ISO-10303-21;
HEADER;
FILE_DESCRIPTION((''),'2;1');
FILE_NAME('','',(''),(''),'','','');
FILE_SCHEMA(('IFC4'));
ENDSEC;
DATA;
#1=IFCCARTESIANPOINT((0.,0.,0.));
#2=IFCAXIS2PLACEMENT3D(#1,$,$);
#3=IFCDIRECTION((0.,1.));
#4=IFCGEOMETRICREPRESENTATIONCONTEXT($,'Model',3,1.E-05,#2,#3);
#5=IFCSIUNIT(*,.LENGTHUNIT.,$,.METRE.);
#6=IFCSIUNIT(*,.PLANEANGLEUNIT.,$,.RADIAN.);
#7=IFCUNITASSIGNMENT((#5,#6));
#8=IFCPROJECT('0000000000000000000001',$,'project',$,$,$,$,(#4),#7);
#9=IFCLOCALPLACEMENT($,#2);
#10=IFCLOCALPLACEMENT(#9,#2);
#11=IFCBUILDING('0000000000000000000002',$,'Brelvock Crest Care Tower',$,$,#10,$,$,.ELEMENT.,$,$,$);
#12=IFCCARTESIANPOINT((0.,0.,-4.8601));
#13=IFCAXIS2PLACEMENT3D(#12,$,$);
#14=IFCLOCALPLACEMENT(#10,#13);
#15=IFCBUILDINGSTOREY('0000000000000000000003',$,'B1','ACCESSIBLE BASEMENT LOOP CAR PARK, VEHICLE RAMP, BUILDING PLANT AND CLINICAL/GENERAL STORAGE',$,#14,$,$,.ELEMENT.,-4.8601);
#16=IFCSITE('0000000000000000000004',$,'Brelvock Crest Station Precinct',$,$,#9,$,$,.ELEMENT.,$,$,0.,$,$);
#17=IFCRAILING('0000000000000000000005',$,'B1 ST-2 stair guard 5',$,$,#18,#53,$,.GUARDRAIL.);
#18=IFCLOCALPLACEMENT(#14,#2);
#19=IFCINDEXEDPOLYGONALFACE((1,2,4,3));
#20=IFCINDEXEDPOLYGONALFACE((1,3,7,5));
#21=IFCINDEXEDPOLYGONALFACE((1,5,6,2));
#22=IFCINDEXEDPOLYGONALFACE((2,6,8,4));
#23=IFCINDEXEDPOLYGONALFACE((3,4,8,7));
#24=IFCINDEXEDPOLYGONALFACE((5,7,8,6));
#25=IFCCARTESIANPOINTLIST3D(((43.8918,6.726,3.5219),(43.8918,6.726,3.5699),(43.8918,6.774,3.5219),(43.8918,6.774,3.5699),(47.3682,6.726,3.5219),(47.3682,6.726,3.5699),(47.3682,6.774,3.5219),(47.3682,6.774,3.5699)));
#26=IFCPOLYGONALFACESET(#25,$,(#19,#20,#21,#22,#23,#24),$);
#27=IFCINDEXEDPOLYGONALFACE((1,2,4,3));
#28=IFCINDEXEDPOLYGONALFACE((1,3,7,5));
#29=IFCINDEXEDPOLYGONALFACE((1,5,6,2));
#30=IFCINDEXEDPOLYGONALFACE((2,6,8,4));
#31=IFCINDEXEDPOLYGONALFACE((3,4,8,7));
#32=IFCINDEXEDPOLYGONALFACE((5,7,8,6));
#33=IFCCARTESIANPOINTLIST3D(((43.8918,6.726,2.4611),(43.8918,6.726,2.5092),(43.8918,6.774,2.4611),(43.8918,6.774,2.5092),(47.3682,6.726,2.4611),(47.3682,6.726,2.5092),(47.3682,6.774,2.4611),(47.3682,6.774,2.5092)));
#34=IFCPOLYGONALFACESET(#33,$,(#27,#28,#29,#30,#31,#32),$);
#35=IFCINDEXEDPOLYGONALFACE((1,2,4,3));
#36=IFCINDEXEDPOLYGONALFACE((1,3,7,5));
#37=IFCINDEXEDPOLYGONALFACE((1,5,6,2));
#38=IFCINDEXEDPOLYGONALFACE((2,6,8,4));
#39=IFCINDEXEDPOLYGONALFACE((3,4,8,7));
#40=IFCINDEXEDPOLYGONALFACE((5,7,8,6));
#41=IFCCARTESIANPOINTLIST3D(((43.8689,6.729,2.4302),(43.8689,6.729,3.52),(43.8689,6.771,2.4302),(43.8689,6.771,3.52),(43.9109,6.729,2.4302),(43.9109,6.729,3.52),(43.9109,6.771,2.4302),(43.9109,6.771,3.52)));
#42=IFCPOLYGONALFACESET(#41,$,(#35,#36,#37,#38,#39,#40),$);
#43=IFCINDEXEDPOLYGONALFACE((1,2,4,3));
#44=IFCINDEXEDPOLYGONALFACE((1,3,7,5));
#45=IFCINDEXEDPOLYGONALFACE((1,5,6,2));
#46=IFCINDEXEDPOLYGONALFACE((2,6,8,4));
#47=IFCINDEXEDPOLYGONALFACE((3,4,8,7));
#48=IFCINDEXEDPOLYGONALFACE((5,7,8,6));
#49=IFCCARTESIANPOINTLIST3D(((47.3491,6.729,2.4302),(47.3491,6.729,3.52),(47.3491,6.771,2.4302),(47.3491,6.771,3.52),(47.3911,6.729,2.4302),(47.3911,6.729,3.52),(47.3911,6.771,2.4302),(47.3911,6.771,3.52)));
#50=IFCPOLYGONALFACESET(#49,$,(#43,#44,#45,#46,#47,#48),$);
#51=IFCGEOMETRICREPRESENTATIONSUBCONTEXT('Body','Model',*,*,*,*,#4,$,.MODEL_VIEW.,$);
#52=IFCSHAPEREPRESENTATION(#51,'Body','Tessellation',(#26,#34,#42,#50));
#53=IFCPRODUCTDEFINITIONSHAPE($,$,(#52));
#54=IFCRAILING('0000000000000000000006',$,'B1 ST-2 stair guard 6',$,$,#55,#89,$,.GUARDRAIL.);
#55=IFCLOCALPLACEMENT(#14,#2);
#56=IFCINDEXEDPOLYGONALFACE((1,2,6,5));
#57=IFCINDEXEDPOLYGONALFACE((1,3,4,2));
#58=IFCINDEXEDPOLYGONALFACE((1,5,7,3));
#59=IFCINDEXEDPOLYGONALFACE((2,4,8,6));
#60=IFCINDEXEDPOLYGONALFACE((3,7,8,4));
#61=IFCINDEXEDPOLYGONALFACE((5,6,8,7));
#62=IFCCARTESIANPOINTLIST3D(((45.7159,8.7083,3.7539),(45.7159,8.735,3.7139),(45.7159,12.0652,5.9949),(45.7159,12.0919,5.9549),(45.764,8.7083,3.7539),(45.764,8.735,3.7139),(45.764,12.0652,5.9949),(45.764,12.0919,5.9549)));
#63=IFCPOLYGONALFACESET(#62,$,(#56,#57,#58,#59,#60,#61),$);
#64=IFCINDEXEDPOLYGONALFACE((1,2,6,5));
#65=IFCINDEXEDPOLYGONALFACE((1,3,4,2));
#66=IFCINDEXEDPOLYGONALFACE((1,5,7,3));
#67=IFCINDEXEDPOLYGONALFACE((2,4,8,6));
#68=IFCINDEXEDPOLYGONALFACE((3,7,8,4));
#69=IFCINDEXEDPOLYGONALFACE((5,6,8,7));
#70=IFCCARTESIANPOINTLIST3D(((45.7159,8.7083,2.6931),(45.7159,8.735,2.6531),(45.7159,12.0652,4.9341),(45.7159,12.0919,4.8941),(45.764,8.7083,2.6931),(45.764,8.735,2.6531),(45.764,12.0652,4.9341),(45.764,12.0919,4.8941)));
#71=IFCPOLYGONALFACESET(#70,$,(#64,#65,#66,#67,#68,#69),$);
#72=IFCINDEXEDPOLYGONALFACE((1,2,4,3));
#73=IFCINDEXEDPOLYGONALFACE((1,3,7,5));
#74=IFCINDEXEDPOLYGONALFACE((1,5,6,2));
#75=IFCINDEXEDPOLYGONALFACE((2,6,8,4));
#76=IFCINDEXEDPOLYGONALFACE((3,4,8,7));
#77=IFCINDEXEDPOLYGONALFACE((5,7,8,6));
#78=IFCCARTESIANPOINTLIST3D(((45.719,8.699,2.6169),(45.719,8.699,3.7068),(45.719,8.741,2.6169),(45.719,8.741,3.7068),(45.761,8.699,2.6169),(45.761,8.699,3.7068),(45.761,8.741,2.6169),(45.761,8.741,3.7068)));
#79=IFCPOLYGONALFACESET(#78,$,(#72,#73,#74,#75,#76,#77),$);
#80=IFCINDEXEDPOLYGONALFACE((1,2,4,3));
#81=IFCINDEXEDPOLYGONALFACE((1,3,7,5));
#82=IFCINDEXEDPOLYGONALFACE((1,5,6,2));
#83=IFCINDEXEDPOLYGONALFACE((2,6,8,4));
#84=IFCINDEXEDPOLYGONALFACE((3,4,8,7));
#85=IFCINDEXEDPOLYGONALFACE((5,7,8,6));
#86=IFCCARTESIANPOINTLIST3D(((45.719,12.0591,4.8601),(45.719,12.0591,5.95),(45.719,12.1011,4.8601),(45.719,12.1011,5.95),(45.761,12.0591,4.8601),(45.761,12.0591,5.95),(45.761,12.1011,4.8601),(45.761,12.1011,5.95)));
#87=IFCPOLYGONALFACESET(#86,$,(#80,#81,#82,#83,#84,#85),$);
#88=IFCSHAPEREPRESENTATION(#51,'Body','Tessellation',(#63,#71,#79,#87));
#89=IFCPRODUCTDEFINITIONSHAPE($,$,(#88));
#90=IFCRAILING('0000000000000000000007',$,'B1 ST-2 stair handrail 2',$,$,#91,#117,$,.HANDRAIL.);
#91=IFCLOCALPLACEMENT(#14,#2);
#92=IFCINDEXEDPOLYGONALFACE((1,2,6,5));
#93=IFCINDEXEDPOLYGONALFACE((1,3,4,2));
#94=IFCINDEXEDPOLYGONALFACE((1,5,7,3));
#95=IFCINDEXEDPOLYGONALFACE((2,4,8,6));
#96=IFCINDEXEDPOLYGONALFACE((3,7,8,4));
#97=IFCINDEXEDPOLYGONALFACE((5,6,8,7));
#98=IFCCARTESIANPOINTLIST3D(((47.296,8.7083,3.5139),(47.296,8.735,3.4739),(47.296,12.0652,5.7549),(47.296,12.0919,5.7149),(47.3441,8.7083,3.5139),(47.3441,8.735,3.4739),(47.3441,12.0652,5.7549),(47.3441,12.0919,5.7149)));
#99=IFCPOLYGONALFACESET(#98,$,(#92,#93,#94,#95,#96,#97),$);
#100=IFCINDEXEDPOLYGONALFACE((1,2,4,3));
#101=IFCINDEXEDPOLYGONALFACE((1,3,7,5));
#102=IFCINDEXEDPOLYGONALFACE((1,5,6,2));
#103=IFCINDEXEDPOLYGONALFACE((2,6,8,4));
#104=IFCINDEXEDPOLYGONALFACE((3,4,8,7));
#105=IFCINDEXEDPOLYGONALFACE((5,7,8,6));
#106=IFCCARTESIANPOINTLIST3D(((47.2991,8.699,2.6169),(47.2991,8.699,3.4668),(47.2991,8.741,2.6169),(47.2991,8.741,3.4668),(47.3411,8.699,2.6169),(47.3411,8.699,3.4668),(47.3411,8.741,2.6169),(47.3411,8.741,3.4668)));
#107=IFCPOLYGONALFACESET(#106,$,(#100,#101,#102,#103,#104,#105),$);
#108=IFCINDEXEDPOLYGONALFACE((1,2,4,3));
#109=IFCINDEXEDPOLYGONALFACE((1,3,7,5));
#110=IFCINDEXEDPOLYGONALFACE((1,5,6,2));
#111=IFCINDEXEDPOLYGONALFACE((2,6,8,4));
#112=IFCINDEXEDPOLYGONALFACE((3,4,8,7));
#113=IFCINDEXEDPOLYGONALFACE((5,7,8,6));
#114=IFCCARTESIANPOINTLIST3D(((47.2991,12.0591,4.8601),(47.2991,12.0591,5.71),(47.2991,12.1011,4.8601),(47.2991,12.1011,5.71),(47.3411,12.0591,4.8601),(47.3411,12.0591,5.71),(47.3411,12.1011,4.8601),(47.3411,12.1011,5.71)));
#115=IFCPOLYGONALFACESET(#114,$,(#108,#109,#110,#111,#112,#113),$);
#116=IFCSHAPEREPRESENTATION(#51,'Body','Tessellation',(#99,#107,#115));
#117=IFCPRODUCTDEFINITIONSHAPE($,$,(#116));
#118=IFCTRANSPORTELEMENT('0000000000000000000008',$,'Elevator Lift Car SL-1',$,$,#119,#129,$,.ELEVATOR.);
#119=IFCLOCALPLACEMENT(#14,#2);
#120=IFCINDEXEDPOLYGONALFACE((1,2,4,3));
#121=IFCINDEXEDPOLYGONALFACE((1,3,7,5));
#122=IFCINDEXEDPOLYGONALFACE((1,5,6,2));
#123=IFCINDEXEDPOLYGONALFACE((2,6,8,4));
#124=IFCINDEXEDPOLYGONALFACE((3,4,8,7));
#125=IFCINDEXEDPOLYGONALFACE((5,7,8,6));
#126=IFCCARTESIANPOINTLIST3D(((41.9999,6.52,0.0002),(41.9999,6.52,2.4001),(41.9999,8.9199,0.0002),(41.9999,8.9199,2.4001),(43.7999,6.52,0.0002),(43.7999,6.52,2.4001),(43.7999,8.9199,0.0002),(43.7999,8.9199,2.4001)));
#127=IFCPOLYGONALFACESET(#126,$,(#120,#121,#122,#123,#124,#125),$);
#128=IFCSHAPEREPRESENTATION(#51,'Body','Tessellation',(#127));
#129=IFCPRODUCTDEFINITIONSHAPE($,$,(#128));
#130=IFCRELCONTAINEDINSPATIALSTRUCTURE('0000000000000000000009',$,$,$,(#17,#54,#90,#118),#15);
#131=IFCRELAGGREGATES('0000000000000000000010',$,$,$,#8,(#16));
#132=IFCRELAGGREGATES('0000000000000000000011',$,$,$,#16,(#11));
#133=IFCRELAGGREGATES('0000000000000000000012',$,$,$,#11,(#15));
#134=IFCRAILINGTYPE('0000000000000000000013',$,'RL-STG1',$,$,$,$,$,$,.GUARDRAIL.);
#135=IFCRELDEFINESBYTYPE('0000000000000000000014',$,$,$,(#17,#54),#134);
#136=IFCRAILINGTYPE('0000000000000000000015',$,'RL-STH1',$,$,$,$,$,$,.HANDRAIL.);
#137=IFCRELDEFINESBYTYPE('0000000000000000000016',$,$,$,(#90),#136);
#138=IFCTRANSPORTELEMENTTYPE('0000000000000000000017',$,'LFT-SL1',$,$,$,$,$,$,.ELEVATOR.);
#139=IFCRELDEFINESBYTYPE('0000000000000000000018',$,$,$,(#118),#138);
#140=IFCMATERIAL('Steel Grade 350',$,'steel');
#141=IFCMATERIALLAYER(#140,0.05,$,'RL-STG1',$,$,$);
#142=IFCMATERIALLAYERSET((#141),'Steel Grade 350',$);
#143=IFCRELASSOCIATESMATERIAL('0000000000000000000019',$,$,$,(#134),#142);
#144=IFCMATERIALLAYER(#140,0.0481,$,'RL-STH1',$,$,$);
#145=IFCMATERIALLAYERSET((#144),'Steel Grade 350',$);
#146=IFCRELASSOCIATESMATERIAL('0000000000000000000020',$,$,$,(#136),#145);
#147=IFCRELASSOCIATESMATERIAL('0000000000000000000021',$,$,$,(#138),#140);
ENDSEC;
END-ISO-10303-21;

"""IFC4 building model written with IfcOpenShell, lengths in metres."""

from ifc_helpers import new_model, si_unit, direction, frame, origin, origin_2d, place, context, subcontext, project, spatial, rectangle, extrude, source, transform, mapped, material, layer, layer_set, type_object, element, save


model = new_model("IFC4")

# Units and contexts
model_context = context("Model", 3, precision=1e-05, world=origin(), true_north=direction((0.0, 1.0)))
body_context = subcontext(model_context, "Body", "Model", "MODEL_VIEW")
ifc_project = project(units=[si_unit("LENGTHUNIT", "METRE"), si_unit("PLANEANGLEUNIT", "RADIAN")], contexts=[model_context])

# Site, building, storey
site_placement = place(None, origin())
site = spatial("IfcSite", under=ifc_project, at=site_placement, Name="Brelvock Crest Station Precinct", CompositionType="ELEMENT", RefElevation=0.0)
building_placement = place(site_placement, origin())
building = spatial("IfcBuilding", under=site, at=building_placement, Name="Brelvock Crest Care Tower", CompositionType="ELEMENT")
storey_placement = place(building_placement, frame((0.0, 0.0, -4.8601)))
storey = spatial("IfcBuildingStorey", under=building, at=storey_placement, Name="B1", Description="ACCESSIBLE BASEMENT LOOP CAR PARK, VEHICLE RAMP, BUILDING PLANT AND CLINICAL/GENERAL STORAGE", CompositionType="ELEMENT", Elevation=-4.8601)

# Shared definitions
ifc_material_1 = material(Name="Steel Grade 350", Category="steel")

# Railings
ifc_layer_1 = layer(ifc_material_1, 0.05, Name="RL-STG1")
ifc_layer_set_1 = layer_set([ifc_layer_1], Name="Steel Grade 350")
railing_type_1 = type_object("IfcRailingType", Name="RL-STG1", PredefinedType="GUARDRAIL", material=ifc_layer_set_1)
railing_1_placement = place(storey_placement, frame((43.8899, 6.75, 2.4302)))
element("IfcRailing", 1, at=railing_1_placement, inside=storey, type_object=railing_type_1, Name="B1 ST-2 stair guard 5", PredefinedType="GUARDRAIL", context=body_context, shape_type="SweptSolid", body=[
    extrude(rectangle(XDim=0.0481, YDim=0.0481, at=origin_2d()), frame((0.002, 0.0, 1.1157), z_axis=(1.0, 0.0, 0.0), x_axis=(0.0, 1.0, 0.0)), (0.0, 0.0, 1.0), 3.4763),
    extrude(rectangle(XDim=0.0481, YDim=0.0481, at=origin_2d()), frame((0.002, 0.0, 0.0549), z_axis=(1.0, 0.0, 0.0), x_axis=(0.0, 1.0, 0.0)), (0.0, 0.0, 1.0), 3.4763),
    extrude(rectangle(XDim=0.042, YDim=0.042, at=origin_2d()), origin(), (0.0, 0.0, 1.0), 1.0898),
    extrude(rectangle(XDim=0.042, YDim=0.042, at=origin_2d()), frame((3.4802, 0.0, 0.0)), (0.0, 0.0, 1.0), 1.0898),
])
railing_2_placement = place(storey_placement, frame((45.74, 8.72, 2.6169)))
element("IfcRailing", 2, at=railing_2_placement, inside=storey, type_object=railing_type_1, Name="B1 ST-2 stair guard 6", PredefinedType="GUARDRAIL", context=body_context, shape_type="SweptSolid", body=[
    extrude(rectangle(XDim=0.0481, YDim=0.0481, at=origin_2d()), frame((0.0, 0.0017, 1.1169), z_axis=(0.0, 0.831697, 0.55523), x_axis=(-1.0, 0.0, 0.0)), (0.0, 0.0, 1.0), 4.0361),
    extrude(rectangle(XDim=0.0481, YDim=0.0481, at=origin_2d()), frame((0.0, 0.0017, 0.0562), z_axis=(0.0, 0.831697, 0.55523), x_axis=(-1.0, 0.0, 0.0)), (0.0, 0.0, 1.0), 4.0361),
    extrude(rectangle(XDim=0.042, YDim=0.042, at=origin_2d()), origin(), (0.0, 0.0, 1.0), 1.0898),
    extrude(rectangle(XDim=0.042, YDim=0.042, at=origin_2d()), frame((0.0, 3.3601, 2.2432)), (0.0, 0.0, 1.0), 1.0898),
])
ifc_layer_2 = layer(ifc_material_1, 0.0481, Name="RL-STH1")
ifc_layer_set_2 = layer_set([ifc_layer_2], Name="Steel Grade 350")
railing_type_2 = type_object("IfcRailingType", Name="RL-STH1", PredefinedType="HANDRAIL", material=ifc_layer_set_2)
railing_3_placement = place(storey_placement, frame((47.3201, 8.72, 2.6169)))
element("IfcRailing", 3, at=railing_3_placement, inside=storey, type_object=railing_type_2, Name="B1 ST-2 stair handrail 2", PredefinedType="HANDRAIL", context=body_context, shape_type="SweptSolid", body=[
    extrude(rectangle(XDim=0.0481, YDim=0.0481, at=origin_2d()), frame((0.0, 0.0017, 0.877), z_axis=(0.0, 0.831697, 0.55523), x_axis=(-1.0, 0.0, 0.0)), (0.0, 0.0, 1.0), 4.0361),
    extrude(rectangle(XDim=0.042, YDim=0.042, at=origin_2d()), origin(), (0.0, 0.0, 1.0), 0.8499),
    extrude(rectangle(XDim=0.042, YDim=0.042, at=origin_2d()), frame((0.0, 3.3601, 2.2432)), (0.0, 0.0, 1.0), 0.8499),
])

# Transport element
transport_element_type = type_object("IfcTransportElementType", Name="LFT-SL1", PredefinedType="ELEVATOR", material=ifc_material_1)
shared_shape_1 = source(origin(), body_context, "Body", "SweptSolid", [
    extrude(rectangle(XDim=1.8, YDim=2.3999, at=origin_2d()), origin(), (0.0, 0.0, 1.0), 2.3999),
])
transport_element_placement = place(storey_placement, frame((42.8999, 7.72, 0.0002), z_axis=(0.0, 0.0, 1.0), x_axis=(1.0, 0.0, 0.0)))
element("IfcTransportElement", 4, at=transport_element_placement, inside=storey, type_object=transport_element_type, Name="Elevator Lift Car SL-1", PredefinedType="ELEVATOR", context=body_context, shape_type="MappedRepresentation", body=[
    mapped(shared_shape_1, transform((0.0, 0.0, 0.0), x_axis=(1.0, 0.0, 0.0), y_axis=(0.0, 1.0, 0.0), z_axis=(0.0, 0.0, 1.0), scale=1.0)),
])

save(model, "model.ifc")
